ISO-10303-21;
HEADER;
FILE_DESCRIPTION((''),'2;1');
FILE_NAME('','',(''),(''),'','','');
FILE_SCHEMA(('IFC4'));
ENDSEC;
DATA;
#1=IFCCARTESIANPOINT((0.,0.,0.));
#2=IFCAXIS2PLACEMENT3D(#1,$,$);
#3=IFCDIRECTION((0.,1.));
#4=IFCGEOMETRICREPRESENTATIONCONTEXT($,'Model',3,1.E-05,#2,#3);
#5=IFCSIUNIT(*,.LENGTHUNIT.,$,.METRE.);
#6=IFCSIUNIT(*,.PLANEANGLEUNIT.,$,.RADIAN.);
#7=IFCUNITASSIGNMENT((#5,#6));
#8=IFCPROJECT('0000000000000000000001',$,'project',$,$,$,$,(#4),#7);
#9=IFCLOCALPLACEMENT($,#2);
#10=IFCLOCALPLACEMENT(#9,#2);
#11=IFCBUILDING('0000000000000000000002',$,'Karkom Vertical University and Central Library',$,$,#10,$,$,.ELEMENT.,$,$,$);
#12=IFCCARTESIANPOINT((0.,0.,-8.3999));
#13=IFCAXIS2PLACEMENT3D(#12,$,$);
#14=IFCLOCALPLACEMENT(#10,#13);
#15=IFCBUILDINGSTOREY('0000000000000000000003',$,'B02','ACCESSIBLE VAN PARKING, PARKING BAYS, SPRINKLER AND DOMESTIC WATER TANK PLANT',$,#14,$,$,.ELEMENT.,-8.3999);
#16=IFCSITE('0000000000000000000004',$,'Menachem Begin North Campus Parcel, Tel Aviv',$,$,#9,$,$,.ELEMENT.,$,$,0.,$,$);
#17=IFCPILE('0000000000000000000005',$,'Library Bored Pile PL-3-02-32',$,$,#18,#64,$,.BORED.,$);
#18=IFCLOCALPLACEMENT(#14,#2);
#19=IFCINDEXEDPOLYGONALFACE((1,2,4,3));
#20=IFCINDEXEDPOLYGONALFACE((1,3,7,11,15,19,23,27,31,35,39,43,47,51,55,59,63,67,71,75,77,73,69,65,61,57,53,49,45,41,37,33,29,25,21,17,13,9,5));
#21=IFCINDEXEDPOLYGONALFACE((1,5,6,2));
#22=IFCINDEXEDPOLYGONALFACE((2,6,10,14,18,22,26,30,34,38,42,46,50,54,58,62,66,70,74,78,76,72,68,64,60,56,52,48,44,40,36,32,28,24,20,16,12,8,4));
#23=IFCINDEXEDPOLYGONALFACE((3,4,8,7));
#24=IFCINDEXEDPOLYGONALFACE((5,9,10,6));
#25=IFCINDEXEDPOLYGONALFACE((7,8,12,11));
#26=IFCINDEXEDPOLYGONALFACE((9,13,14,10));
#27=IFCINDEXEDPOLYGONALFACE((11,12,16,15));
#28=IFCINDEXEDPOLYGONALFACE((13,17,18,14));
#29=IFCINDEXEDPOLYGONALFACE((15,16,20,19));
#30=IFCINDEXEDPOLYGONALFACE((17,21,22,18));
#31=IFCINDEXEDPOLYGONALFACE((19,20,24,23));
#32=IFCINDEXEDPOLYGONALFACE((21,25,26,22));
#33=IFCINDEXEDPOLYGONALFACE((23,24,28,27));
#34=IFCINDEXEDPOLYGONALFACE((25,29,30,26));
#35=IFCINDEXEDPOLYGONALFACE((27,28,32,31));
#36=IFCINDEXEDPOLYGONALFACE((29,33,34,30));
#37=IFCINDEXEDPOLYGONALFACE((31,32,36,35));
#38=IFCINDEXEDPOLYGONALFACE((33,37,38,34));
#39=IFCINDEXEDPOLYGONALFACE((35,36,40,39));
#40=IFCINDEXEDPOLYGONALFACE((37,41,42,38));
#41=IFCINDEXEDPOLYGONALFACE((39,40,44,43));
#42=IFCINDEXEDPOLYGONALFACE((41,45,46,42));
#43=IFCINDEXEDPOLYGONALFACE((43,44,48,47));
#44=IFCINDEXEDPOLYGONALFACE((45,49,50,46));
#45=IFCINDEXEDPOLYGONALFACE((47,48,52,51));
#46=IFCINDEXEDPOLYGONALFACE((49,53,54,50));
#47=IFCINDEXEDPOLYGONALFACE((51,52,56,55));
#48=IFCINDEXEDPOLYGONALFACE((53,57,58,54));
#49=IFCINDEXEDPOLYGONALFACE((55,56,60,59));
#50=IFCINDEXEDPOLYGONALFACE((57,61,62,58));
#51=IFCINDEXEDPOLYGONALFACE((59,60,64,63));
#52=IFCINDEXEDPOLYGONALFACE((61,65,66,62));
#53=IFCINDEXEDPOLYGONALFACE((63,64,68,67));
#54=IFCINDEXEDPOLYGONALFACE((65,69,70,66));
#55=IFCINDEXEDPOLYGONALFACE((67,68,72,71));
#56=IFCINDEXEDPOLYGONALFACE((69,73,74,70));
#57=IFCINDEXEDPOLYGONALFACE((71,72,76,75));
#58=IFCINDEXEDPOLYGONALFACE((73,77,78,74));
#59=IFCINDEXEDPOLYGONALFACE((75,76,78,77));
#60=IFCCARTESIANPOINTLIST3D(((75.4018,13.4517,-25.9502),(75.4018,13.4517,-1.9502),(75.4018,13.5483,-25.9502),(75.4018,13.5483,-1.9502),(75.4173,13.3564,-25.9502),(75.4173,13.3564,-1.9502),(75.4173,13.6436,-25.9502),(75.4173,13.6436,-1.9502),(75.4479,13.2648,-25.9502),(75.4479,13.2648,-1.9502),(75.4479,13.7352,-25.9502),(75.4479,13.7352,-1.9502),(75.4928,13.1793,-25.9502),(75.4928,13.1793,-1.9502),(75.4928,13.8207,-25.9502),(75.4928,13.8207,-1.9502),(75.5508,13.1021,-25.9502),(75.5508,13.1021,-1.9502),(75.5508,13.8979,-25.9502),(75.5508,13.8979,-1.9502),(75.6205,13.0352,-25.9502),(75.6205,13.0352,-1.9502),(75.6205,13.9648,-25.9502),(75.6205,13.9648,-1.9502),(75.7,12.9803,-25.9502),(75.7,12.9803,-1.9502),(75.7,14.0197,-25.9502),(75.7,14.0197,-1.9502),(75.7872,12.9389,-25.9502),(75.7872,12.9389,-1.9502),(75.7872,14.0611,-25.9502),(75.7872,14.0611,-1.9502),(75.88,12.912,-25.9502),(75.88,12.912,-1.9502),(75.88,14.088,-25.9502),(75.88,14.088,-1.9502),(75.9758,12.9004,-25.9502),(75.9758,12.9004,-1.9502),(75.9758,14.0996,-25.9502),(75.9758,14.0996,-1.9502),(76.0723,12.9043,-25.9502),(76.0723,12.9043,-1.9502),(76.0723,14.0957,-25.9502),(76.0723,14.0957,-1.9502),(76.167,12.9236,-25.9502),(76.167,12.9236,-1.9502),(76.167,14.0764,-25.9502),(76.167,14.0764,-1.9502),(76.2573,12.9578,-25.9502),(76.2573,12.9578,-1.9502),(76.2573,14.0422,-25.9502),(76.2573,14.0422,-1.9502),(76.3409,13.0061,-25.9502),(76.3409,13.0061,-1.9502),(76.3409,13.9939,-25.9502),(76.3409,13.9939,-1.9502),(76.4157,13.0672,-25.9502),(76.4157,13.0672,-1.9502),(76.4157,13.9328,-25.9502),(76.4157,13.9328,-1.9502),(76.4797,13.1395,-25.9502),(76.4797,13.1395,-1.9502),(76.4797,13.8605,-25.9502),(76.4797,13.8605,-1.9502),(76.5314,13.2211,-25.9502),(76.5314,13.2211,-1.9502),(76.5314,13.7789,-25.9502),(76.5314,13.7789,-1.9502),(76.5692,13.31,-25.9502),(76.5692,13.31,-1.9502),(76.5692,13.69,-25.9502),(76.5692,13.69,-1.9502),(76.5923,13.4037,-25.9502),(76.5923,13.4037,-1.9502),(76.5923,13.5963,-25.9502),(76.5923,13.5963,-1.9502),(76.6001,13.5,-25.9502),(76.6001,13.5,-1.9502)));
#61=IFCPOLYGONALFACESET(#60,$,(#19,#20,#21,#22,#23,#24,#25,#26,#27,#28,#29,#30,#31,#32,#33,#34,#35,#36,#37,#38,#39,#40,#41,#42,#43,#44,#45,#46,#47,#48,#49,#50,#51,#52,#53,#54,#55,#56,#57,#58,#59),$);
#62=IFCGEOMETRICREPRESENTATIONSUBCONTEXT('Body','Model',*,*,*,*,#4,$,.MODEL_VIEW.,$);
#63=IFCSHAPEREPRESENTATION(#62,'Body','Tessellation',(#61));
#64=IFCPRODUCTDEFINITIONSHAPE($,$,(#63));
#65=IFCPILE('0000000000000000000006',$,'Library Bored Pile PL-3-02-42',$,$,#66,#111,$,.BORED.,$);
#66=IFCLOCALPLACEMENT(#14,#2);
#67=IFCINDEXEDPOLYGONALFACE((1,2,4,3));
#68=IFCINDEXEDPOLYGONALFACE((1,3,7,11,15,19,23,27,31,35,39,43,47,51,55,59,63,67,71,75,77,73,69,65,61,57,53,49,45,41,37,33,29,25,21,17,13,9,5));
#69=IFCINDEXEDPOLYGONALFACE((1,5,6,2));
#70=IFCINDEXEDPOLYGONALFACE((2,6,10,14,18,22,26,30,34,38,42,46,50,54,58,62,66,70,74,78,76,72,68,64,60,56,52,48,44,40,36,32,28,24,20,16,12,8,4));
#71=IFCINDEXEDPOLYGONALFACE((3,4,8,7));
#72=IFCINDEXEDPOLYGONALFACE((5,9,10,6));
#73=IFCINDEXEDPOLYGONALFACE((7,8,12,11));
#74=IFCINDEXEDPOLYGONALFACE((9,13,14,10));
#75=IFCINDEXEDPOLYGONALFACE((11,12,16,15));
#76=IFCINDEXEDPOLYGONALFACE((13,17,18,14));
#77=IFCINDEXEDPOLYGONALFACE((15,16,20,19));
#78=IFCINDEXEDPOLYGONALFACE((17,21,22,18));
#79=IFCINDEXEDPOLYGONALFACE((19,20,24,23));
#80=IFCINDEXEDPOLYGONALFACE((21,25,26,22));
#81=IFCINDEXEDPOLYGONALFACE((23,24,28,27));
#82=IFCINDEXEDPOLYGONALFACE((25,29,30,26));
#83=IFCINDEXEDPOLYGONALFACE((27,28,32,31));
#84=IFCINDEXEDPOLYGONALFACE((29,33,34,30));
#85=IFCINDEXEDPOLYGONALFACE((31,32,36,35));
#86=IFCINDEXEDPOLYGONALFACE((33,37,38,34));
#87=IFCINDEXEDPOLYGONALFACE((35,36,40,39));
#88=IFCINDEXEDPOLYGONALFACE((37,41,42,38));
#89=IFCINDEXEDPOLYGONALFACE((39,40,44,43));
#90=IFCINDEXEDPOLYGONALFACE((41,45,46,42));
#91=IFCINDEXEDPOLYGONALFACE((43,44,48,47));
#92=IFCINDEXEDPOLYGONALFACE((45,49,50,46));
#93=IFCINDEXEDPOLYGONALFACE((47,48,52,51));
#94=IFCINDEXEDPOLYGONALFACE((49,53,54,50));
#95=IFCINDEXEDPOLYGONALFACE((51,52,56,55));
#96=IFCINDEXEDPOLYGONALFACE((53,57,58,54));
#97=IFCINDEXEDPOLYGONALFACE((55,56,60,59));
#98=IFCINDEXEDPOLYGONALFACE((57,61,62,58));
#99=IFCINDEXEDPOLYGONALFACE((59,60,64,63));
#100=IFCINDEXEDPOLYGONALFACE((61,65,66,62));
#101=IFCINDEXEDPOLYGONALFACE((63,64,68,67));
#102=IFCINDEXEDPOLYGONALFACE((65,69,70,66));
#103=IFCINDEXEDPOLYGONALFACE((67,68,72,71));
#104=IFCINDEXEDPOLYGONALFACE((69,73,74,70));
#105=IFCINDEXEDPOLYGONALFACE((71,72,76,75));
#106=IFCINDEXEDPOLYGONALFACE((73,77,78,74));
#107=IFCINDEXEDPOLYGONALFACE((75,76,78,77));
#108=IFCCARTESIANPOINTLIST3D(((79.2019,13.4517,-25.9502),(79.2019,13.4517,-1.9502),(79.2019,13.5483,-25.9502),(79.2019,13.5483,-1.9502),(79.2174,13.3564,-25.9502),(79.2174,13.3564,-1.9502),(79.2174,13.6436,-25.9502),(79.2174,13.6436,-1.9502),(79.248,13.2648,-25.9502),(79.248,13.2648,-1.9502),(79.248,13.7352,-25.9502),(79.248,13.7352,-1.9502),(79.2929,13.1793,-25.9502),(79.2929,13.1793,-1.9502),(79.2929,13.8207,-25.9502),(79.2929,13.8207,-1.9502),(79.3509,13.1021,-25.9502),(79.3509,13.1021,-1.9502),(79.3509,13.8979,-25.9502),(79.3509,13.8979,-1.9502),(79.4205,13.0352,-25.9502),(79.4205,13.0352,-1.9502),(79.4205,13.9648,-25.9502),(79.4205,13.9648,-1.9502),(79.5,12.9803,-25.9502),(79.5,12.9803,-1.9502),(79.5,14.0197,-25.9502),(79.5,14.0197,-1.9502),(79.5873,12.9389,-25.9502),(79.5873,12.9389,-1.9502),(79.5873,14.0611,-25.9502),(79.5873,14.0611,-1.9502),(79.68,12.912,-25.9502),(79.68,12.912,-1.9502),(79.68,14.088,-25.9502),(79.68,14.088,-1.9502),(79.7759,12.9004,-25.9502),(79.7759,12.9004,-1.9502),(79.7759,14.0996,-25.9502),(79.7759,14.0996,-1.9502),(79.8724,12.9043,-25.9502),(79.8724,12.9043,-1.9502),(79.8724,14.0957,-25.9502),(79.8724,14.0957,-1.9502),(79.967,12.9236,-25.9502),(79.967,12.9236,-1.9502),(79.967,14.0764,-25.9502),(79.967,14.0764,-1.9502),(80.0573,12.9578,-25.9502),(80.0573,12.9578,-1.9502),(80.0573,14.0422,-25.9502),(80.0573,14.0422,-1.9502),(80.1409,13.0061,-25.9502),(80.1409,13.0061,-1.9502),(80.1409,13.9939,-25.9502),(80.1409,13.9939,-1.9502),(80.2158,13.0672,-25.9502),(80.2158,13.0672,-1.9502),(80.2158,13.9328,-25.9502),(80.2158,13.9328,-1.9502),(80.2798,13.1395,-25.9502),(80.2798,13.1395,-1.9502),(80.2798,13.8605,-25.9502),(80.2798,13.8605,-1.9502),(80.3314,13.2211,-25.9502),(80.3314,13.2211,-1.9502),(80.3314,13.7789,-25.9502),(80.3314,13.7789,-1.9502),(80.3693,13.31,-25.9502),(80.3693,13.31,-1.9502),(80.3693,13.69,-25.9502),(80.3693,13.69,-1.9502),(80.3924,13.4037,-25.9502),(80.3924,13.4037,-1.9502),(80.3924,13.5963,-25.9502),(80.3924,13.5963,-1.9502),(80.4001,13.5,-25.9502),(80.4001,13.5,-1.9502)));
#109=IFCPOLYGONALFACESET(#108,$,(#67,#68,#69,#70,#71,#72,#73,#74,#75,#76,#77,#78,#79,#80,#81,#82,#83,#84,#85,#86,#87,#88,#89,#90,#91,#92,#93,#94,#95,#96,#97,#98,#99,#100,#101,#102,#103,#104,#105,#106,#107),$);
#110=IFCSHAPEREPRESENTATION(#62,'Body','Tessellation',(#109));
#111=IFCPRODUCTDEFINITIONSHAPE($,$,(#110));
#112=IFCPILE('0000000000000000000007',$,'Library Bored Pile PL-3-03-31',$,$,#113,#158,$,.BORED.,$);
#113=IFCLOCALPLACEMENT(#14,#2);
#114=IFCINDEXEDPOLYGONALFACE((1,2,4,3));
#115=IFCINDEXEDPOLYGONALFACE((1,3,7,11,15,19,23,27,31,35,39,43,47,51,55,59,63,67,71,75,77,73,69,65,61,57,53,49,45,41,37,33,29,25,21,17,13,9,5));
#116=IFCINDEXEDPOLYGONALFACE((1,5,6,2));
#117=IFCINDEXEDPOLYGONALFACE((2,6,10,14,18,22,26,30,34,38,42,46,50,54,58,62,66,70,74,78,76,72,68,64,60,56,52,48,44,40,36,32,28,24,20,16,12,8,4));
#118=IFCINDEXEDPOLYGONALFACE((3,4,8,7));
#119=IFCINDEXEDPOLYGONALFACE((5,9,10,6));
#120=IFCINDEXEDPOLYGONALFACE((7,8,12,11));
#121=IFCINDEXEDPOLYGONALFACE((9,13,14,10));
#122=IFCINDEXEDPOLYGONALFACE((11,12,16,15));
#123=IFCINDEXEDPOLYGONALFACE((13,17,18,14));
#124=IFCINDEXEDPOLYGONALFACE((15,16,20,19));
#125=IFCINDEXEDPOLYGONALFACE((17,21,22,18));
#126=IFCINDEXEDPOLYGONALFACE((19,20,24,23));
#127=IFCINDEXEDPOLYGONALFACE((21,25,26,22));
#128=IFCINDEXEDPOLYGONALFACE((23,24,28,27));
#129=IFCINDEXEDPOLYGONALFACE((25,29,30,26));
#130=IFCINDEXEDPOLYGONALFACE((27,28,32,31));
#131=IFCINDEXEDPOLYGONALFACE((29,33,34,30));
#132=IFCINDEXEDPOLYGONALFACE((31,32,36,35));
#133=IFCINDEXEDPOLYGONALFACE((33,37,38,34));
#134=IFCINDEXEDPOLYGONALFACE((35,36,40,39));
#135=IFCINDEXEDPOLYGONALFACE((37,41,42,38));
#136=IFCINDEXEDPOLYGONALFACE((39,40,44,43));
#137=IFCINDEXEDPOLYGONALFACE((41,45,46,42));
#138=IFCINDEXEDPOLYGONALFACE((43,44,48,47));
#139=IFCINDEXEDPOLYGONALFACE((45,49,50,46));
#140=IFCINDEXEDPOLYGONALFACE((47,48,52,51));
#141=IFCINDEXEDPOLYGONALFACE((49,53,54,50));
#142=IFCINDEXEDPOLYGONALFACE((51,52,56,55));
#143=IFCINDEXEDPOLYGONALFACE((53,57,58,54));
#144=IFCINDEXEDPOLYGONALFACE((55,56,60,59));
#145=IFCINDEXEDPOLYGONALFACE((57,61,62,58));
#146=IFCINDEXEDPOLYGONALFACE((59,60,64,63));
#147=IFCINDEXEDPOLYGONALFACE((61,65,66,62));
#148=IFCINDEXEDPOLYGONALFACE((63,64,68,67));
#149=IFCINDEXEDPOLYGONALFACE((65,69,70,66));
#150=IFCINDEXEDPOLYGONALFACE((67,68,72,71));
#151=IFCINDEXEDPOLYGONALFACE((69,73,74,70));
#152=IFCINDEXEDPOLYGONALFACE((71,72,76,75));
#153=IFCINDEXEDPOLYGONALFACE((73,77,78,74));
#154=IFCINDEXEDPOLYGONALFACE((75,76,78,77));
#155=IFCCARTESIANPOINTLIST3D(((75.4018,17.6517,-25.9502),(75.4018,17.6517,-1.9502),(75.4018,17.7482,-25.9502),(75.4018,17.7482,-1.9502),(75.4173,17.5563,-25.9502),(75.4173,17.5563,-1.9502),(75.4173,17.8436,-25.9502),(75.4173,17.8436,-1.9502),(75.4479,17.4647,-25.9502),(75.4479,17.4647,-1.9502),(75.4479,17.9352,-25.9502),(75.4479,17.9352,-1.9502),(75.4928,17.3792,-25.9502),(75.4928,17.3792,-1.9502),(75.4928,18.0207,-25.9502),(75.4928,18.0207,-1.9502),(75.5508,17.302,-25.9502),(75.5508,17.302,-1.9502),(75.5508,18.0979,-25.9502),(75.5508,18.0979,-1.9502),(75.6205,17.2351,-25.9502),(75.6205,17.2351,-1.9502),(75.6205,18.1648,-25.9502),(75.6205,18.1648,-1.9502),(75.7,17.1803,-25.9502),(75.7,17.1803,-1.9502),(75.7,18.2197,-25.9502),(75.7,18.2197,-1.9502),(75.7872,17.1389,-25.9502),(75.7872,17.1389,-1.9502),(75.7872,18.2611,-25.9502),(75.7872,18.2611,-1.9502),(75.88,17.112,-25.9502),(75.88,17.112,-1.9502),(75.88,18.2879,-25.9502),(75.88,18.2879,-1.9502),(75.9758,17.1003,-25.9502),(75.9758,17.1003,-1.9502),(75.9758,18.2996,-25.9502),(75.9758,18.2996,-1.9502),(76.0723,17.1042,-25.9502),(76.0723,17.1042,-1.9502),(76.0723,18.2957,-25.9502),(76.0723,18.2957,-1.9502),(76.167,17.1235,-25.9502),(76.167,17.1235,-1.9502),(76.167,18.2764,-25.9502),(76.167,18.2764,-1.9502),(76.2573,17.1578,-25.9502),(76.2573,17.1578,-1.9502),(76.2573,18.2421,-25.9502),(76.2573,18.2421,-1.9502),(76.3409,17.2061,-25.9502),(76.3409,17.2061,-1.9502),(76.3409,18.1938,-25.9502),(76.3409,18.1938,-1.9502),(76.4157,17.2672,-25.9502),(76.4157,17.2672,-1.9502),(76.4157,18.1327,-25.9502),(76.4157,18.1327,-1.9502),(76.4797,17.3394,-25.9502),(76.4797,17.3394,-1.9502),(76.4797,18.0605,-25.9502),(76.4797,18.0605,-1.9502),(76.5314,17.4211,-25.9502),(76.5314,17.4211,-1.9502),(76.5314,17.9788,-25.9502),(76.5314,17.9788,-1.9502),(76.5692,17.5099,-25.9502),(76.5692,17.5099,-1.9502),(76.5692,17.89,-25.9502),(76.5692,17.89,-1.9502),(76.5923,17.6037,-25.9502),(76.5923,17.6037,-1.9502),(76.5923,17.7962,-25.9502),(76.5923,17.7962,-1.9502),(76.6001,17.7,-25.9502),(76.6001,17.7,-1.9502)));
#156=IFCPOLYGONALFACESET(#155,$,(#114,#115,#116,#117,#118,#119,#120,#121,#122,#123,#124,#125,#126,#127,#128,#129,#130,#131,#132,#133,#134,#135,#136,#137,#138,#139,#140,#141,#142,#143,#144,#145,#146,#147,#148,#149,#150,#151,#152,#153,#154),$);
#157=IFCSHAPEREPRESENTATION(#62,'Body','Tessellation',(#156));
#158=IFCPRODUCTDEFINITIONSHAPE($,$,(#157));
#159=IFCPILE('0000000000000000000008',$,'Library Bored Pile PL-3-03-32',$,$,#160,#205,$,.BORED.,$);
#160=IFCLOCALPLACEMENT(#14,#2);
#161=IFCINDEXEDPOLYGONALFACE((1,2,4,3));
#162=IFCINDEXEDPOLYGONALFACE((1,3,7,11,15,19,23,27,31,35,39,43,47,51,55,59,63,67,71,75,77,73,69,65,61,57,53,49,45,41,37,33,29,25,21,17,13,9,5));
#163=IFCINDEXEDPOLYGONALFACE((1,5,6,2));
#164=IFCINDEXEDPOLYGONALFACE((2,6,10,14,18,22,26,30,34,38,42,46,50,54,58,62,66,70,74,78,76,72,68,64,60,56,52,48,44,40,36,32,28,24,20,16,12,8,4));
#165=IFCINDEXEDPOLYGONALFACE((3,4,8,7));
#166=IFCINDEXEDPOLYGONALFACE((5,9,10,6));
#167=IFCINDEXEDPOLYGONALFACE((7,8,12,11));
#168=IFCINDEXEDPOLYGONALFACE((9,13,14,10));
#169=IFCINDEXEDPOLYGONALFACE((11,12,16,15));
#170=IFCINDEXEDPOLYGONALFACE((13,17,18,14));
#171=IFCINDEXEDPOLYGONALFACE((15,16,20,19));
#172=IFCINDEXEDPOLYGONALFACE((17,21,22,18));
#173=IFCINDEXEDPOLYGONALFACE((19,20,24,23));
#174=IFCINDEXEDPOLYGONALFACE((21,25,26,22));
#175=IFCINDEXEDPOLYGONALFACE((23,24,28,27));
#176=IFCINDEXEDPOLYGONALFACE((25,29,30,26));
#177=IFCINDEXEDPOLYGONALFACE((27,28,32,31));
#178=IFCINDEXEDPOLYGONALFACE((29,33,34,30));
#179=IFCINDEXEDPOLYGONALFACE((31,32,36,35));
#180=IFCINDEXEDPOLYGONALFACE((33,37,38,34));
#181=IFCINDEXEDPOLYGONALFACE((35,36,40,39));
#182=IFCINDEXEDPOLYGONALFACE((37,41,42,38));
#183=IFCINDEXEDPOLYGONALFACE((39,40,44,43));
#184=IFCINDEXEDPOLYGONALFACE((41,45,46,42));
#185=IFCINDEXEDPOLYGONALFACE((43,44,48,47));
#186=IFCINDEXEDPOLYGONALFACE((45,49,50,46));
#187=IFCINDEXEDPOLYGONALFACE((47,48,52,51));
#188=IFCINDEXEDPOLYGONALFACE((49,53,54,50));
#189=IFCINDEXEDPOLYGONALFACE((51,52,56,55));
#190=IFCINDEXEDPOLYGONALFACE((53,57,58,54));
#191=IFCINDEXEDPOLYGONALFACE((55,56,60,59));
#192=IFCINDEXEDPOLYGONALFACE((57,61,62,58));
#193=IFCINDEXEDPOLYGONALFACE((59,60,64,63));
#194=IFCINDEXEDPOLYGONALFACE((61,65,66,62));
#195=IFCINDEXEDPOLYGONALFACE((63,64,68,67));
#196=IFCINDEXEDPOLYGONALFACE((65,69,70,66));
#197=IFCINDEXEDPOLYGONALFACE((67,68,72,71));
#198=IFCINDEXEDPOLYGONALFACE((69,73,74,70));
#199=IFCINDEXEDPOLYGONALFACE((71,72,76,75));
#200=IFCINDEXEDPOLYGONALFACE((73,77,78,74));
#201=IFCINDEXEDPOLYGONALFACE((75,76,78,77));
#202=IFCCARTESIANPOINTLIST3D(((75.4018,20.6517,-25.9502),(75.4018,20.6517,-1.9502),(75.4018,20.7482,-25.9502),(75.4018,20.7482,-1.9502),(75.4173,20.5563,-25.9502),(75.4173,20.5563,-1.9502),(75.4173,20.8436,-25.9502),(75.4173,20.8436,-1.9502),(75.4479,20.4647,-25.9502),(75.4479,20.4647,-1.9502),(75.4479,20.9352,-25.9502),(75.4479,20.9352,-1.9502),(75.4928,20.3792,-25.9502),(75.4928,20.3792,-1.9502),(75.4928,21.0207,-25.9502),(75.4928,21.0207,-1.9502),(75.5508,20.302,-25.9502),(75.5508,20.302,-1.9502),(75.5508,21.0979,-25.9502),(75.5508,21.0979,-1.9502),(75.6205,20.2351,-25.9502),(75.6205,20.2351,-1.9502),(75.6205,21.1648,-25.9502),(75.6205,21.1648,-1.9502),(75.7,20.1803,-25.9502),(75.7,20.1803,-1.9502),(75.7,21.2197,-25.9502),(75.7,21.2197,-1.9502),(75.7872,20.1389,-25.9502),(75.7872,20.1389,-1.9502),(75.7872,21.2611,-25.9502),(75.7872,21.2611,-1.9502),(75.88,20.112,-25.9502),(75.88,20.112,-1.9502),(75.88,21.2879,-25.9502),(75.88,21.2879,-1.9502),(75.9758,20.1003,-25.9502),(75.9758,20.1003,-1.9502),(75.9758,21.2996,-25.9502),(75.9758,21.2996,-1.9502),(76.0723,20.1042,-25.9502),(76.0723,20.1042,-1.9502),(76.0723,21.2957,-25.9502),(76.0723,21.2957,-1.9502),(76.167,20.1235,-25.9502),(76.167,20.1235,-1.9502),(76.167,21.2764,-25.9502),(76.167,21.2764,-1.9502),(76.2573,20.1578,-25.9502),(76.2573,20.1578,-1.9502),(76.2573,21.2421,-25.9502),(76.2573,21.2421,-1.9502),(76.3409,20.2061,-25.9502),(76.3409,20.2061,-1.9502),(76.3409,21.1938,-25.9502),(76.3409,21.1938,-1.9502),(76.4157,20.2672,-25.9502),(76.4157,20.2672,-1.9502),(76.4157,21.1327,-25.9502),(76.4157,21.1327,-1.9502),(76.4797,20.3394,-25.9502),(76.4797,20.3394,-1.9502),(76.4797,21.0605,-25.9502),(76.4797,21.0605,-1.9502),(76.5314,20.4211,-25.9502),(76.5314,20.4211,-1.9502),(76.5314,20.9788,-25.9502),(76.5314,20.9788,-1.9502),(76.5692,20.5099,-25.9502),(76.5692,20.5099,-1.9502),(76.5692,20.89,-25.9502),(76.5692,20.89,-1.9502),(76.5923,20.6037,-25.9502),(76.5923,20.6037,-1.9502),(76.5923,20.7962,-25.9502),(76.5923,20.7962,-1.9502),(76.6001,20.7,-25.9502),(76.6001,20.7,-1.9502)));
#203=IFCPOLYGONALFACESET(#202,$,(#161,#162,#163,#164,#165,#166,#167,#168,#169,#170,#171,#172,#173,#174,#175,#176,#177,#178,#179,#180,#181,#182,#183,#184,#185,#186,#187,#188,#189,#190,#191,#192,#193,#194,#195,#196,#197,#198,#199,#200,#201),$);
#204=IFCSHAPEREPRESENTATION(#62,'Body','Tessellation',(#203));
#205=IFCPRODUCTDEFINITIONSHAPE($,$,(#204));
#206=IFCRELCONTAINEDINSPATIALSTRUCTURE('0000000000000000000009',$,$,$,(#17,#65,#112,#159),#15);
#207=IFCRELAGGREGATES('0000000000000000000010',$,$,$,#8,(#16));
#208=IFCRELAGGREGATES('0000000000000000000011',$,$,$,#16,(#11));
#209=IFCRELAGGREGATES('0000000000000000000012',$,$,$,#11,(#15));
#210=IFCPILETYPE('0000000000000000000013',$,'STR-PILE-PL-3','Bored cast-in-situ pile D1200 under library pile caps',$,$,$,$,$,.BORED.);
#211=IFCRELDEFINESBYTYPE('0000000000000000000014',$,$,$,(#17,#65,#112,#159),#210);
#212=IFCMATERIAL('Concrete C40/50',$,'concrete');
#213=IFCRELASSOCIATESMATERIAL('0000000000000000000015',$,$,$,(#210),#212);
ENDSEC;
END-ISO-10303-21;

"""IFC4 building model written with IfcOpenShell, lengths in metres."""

from ifc_helpers import new_model, si_unit, direction, frame, origin, origin_with_axes, origin_2d, place, context, subcontext, project, spatial, circle, extrude, source, transform, mapped, material, material_profile, profile_set, type_object, element, save


model = new_model("IFC4")

# Units and contexts
model_context = context("Model", 3, precision=1e-05, world=origin(), true_north=direction((0.0, 1.0)))
body_context = subcontext(model_context, "Body", "Model", "MODEL_VIEW")
ifc_project = project(units=[si_unit("LENGTHUNIT", "METRE"), si_unit("PLANEANGLEUNIT", "RADIAN")], contexts=[model_context])

# Site, building, storey
site_placement = place(None, origin())
site = spatial("IfcSite", under=ifc_project, at=site_placement, Name="Menachem Begin North Campus Parcel, Tel Aviv", CompositionType="ELEMENT", RefElevation=0.0)
building_placement = place(site_placement, origin())
building = spatial("IfcBuilding", under=site, at=building_placement, Name="Karkom Vertical University and Central Library", CompositionType="ELEMENT")
storey_placement = place(building_placement, frame((0.0, 0.0, -8.3999)))
storey = spatial("IfcBuildingStorey", under=building, at=storey_placement, Name="B02", Description="ACCESSIBLE VAN PARKING, PARKING BAYS, SPRINKLER AND DOMESTIC WATER TANK PLANT", CompositionType="ELEMENT", Elevation=-8.3999)

# Piles
ifc_material_1 = material(Name="Concrete C40/50", Category="concrete")
ifc_material_profile_1 = material_profile(ifc_material_1, circle(Radius=0.6001, at=origin_2d()), Name="PILE-D1200")
ifc_profile_set_1 = profile_set([ifc_material_profile_1], Name="Concrete C40/50")
pile_type = type_object("IfcPileType", Name="STR-PILE-PL-3", Description="Bored cast-in-situ pile D1200 under library pile caps", PredefinedType="BORED", material=ifc_profile_set_1)
shared_shape_1 = source(origin_with_axes(), body_context, "Body", "SweptSolid", [
    extrude(circle(Radius=0.6001, at=origin_2d()), origin(), (0.0, 0.0, 1.0), 24.0),
])
for number, where, z_axis, x_axis, name in (
    (1, (76.0, 13.5, -1.9502), (0.0, 0.0, -1.0), (1.0, 0.0, 0.0), "Library Bored Pile PL-3-02-32"),
    (2, (79.8, 13.5, -1.9502), (0.0, 0.0, -1.0), (1.0, 0.0, 0.0), "Library Bored Pile PL-3-02-42"),
    (3, (76.0, 17.7, -1.9502), (0.0, 0.0, -1.0), (1.0, 0.0, 0.0), "Library Bored Pile PL-3-03-31"),
    (4, (76.0, 20.7, -1.9502), (0.0, 0.0, -1.0), (1.0, 0.0, 0.0), "Library Bored Pile PL-3-03-32"),
):
    element("IfcPile", number, at=place(storey_placement, frame(where, z_axis=z_axis, x_axis=x_axis)), inside=storey, type_object=pile_type, Name=name, PredefinedType="BORED", context=body_context, shape_type="MappedRepresentation", body=[
        mapped(shared_shape_1, transform((0.0, 0.0, 0.0), scale=1.0)),
    ])

save(model, "model.ifc")
